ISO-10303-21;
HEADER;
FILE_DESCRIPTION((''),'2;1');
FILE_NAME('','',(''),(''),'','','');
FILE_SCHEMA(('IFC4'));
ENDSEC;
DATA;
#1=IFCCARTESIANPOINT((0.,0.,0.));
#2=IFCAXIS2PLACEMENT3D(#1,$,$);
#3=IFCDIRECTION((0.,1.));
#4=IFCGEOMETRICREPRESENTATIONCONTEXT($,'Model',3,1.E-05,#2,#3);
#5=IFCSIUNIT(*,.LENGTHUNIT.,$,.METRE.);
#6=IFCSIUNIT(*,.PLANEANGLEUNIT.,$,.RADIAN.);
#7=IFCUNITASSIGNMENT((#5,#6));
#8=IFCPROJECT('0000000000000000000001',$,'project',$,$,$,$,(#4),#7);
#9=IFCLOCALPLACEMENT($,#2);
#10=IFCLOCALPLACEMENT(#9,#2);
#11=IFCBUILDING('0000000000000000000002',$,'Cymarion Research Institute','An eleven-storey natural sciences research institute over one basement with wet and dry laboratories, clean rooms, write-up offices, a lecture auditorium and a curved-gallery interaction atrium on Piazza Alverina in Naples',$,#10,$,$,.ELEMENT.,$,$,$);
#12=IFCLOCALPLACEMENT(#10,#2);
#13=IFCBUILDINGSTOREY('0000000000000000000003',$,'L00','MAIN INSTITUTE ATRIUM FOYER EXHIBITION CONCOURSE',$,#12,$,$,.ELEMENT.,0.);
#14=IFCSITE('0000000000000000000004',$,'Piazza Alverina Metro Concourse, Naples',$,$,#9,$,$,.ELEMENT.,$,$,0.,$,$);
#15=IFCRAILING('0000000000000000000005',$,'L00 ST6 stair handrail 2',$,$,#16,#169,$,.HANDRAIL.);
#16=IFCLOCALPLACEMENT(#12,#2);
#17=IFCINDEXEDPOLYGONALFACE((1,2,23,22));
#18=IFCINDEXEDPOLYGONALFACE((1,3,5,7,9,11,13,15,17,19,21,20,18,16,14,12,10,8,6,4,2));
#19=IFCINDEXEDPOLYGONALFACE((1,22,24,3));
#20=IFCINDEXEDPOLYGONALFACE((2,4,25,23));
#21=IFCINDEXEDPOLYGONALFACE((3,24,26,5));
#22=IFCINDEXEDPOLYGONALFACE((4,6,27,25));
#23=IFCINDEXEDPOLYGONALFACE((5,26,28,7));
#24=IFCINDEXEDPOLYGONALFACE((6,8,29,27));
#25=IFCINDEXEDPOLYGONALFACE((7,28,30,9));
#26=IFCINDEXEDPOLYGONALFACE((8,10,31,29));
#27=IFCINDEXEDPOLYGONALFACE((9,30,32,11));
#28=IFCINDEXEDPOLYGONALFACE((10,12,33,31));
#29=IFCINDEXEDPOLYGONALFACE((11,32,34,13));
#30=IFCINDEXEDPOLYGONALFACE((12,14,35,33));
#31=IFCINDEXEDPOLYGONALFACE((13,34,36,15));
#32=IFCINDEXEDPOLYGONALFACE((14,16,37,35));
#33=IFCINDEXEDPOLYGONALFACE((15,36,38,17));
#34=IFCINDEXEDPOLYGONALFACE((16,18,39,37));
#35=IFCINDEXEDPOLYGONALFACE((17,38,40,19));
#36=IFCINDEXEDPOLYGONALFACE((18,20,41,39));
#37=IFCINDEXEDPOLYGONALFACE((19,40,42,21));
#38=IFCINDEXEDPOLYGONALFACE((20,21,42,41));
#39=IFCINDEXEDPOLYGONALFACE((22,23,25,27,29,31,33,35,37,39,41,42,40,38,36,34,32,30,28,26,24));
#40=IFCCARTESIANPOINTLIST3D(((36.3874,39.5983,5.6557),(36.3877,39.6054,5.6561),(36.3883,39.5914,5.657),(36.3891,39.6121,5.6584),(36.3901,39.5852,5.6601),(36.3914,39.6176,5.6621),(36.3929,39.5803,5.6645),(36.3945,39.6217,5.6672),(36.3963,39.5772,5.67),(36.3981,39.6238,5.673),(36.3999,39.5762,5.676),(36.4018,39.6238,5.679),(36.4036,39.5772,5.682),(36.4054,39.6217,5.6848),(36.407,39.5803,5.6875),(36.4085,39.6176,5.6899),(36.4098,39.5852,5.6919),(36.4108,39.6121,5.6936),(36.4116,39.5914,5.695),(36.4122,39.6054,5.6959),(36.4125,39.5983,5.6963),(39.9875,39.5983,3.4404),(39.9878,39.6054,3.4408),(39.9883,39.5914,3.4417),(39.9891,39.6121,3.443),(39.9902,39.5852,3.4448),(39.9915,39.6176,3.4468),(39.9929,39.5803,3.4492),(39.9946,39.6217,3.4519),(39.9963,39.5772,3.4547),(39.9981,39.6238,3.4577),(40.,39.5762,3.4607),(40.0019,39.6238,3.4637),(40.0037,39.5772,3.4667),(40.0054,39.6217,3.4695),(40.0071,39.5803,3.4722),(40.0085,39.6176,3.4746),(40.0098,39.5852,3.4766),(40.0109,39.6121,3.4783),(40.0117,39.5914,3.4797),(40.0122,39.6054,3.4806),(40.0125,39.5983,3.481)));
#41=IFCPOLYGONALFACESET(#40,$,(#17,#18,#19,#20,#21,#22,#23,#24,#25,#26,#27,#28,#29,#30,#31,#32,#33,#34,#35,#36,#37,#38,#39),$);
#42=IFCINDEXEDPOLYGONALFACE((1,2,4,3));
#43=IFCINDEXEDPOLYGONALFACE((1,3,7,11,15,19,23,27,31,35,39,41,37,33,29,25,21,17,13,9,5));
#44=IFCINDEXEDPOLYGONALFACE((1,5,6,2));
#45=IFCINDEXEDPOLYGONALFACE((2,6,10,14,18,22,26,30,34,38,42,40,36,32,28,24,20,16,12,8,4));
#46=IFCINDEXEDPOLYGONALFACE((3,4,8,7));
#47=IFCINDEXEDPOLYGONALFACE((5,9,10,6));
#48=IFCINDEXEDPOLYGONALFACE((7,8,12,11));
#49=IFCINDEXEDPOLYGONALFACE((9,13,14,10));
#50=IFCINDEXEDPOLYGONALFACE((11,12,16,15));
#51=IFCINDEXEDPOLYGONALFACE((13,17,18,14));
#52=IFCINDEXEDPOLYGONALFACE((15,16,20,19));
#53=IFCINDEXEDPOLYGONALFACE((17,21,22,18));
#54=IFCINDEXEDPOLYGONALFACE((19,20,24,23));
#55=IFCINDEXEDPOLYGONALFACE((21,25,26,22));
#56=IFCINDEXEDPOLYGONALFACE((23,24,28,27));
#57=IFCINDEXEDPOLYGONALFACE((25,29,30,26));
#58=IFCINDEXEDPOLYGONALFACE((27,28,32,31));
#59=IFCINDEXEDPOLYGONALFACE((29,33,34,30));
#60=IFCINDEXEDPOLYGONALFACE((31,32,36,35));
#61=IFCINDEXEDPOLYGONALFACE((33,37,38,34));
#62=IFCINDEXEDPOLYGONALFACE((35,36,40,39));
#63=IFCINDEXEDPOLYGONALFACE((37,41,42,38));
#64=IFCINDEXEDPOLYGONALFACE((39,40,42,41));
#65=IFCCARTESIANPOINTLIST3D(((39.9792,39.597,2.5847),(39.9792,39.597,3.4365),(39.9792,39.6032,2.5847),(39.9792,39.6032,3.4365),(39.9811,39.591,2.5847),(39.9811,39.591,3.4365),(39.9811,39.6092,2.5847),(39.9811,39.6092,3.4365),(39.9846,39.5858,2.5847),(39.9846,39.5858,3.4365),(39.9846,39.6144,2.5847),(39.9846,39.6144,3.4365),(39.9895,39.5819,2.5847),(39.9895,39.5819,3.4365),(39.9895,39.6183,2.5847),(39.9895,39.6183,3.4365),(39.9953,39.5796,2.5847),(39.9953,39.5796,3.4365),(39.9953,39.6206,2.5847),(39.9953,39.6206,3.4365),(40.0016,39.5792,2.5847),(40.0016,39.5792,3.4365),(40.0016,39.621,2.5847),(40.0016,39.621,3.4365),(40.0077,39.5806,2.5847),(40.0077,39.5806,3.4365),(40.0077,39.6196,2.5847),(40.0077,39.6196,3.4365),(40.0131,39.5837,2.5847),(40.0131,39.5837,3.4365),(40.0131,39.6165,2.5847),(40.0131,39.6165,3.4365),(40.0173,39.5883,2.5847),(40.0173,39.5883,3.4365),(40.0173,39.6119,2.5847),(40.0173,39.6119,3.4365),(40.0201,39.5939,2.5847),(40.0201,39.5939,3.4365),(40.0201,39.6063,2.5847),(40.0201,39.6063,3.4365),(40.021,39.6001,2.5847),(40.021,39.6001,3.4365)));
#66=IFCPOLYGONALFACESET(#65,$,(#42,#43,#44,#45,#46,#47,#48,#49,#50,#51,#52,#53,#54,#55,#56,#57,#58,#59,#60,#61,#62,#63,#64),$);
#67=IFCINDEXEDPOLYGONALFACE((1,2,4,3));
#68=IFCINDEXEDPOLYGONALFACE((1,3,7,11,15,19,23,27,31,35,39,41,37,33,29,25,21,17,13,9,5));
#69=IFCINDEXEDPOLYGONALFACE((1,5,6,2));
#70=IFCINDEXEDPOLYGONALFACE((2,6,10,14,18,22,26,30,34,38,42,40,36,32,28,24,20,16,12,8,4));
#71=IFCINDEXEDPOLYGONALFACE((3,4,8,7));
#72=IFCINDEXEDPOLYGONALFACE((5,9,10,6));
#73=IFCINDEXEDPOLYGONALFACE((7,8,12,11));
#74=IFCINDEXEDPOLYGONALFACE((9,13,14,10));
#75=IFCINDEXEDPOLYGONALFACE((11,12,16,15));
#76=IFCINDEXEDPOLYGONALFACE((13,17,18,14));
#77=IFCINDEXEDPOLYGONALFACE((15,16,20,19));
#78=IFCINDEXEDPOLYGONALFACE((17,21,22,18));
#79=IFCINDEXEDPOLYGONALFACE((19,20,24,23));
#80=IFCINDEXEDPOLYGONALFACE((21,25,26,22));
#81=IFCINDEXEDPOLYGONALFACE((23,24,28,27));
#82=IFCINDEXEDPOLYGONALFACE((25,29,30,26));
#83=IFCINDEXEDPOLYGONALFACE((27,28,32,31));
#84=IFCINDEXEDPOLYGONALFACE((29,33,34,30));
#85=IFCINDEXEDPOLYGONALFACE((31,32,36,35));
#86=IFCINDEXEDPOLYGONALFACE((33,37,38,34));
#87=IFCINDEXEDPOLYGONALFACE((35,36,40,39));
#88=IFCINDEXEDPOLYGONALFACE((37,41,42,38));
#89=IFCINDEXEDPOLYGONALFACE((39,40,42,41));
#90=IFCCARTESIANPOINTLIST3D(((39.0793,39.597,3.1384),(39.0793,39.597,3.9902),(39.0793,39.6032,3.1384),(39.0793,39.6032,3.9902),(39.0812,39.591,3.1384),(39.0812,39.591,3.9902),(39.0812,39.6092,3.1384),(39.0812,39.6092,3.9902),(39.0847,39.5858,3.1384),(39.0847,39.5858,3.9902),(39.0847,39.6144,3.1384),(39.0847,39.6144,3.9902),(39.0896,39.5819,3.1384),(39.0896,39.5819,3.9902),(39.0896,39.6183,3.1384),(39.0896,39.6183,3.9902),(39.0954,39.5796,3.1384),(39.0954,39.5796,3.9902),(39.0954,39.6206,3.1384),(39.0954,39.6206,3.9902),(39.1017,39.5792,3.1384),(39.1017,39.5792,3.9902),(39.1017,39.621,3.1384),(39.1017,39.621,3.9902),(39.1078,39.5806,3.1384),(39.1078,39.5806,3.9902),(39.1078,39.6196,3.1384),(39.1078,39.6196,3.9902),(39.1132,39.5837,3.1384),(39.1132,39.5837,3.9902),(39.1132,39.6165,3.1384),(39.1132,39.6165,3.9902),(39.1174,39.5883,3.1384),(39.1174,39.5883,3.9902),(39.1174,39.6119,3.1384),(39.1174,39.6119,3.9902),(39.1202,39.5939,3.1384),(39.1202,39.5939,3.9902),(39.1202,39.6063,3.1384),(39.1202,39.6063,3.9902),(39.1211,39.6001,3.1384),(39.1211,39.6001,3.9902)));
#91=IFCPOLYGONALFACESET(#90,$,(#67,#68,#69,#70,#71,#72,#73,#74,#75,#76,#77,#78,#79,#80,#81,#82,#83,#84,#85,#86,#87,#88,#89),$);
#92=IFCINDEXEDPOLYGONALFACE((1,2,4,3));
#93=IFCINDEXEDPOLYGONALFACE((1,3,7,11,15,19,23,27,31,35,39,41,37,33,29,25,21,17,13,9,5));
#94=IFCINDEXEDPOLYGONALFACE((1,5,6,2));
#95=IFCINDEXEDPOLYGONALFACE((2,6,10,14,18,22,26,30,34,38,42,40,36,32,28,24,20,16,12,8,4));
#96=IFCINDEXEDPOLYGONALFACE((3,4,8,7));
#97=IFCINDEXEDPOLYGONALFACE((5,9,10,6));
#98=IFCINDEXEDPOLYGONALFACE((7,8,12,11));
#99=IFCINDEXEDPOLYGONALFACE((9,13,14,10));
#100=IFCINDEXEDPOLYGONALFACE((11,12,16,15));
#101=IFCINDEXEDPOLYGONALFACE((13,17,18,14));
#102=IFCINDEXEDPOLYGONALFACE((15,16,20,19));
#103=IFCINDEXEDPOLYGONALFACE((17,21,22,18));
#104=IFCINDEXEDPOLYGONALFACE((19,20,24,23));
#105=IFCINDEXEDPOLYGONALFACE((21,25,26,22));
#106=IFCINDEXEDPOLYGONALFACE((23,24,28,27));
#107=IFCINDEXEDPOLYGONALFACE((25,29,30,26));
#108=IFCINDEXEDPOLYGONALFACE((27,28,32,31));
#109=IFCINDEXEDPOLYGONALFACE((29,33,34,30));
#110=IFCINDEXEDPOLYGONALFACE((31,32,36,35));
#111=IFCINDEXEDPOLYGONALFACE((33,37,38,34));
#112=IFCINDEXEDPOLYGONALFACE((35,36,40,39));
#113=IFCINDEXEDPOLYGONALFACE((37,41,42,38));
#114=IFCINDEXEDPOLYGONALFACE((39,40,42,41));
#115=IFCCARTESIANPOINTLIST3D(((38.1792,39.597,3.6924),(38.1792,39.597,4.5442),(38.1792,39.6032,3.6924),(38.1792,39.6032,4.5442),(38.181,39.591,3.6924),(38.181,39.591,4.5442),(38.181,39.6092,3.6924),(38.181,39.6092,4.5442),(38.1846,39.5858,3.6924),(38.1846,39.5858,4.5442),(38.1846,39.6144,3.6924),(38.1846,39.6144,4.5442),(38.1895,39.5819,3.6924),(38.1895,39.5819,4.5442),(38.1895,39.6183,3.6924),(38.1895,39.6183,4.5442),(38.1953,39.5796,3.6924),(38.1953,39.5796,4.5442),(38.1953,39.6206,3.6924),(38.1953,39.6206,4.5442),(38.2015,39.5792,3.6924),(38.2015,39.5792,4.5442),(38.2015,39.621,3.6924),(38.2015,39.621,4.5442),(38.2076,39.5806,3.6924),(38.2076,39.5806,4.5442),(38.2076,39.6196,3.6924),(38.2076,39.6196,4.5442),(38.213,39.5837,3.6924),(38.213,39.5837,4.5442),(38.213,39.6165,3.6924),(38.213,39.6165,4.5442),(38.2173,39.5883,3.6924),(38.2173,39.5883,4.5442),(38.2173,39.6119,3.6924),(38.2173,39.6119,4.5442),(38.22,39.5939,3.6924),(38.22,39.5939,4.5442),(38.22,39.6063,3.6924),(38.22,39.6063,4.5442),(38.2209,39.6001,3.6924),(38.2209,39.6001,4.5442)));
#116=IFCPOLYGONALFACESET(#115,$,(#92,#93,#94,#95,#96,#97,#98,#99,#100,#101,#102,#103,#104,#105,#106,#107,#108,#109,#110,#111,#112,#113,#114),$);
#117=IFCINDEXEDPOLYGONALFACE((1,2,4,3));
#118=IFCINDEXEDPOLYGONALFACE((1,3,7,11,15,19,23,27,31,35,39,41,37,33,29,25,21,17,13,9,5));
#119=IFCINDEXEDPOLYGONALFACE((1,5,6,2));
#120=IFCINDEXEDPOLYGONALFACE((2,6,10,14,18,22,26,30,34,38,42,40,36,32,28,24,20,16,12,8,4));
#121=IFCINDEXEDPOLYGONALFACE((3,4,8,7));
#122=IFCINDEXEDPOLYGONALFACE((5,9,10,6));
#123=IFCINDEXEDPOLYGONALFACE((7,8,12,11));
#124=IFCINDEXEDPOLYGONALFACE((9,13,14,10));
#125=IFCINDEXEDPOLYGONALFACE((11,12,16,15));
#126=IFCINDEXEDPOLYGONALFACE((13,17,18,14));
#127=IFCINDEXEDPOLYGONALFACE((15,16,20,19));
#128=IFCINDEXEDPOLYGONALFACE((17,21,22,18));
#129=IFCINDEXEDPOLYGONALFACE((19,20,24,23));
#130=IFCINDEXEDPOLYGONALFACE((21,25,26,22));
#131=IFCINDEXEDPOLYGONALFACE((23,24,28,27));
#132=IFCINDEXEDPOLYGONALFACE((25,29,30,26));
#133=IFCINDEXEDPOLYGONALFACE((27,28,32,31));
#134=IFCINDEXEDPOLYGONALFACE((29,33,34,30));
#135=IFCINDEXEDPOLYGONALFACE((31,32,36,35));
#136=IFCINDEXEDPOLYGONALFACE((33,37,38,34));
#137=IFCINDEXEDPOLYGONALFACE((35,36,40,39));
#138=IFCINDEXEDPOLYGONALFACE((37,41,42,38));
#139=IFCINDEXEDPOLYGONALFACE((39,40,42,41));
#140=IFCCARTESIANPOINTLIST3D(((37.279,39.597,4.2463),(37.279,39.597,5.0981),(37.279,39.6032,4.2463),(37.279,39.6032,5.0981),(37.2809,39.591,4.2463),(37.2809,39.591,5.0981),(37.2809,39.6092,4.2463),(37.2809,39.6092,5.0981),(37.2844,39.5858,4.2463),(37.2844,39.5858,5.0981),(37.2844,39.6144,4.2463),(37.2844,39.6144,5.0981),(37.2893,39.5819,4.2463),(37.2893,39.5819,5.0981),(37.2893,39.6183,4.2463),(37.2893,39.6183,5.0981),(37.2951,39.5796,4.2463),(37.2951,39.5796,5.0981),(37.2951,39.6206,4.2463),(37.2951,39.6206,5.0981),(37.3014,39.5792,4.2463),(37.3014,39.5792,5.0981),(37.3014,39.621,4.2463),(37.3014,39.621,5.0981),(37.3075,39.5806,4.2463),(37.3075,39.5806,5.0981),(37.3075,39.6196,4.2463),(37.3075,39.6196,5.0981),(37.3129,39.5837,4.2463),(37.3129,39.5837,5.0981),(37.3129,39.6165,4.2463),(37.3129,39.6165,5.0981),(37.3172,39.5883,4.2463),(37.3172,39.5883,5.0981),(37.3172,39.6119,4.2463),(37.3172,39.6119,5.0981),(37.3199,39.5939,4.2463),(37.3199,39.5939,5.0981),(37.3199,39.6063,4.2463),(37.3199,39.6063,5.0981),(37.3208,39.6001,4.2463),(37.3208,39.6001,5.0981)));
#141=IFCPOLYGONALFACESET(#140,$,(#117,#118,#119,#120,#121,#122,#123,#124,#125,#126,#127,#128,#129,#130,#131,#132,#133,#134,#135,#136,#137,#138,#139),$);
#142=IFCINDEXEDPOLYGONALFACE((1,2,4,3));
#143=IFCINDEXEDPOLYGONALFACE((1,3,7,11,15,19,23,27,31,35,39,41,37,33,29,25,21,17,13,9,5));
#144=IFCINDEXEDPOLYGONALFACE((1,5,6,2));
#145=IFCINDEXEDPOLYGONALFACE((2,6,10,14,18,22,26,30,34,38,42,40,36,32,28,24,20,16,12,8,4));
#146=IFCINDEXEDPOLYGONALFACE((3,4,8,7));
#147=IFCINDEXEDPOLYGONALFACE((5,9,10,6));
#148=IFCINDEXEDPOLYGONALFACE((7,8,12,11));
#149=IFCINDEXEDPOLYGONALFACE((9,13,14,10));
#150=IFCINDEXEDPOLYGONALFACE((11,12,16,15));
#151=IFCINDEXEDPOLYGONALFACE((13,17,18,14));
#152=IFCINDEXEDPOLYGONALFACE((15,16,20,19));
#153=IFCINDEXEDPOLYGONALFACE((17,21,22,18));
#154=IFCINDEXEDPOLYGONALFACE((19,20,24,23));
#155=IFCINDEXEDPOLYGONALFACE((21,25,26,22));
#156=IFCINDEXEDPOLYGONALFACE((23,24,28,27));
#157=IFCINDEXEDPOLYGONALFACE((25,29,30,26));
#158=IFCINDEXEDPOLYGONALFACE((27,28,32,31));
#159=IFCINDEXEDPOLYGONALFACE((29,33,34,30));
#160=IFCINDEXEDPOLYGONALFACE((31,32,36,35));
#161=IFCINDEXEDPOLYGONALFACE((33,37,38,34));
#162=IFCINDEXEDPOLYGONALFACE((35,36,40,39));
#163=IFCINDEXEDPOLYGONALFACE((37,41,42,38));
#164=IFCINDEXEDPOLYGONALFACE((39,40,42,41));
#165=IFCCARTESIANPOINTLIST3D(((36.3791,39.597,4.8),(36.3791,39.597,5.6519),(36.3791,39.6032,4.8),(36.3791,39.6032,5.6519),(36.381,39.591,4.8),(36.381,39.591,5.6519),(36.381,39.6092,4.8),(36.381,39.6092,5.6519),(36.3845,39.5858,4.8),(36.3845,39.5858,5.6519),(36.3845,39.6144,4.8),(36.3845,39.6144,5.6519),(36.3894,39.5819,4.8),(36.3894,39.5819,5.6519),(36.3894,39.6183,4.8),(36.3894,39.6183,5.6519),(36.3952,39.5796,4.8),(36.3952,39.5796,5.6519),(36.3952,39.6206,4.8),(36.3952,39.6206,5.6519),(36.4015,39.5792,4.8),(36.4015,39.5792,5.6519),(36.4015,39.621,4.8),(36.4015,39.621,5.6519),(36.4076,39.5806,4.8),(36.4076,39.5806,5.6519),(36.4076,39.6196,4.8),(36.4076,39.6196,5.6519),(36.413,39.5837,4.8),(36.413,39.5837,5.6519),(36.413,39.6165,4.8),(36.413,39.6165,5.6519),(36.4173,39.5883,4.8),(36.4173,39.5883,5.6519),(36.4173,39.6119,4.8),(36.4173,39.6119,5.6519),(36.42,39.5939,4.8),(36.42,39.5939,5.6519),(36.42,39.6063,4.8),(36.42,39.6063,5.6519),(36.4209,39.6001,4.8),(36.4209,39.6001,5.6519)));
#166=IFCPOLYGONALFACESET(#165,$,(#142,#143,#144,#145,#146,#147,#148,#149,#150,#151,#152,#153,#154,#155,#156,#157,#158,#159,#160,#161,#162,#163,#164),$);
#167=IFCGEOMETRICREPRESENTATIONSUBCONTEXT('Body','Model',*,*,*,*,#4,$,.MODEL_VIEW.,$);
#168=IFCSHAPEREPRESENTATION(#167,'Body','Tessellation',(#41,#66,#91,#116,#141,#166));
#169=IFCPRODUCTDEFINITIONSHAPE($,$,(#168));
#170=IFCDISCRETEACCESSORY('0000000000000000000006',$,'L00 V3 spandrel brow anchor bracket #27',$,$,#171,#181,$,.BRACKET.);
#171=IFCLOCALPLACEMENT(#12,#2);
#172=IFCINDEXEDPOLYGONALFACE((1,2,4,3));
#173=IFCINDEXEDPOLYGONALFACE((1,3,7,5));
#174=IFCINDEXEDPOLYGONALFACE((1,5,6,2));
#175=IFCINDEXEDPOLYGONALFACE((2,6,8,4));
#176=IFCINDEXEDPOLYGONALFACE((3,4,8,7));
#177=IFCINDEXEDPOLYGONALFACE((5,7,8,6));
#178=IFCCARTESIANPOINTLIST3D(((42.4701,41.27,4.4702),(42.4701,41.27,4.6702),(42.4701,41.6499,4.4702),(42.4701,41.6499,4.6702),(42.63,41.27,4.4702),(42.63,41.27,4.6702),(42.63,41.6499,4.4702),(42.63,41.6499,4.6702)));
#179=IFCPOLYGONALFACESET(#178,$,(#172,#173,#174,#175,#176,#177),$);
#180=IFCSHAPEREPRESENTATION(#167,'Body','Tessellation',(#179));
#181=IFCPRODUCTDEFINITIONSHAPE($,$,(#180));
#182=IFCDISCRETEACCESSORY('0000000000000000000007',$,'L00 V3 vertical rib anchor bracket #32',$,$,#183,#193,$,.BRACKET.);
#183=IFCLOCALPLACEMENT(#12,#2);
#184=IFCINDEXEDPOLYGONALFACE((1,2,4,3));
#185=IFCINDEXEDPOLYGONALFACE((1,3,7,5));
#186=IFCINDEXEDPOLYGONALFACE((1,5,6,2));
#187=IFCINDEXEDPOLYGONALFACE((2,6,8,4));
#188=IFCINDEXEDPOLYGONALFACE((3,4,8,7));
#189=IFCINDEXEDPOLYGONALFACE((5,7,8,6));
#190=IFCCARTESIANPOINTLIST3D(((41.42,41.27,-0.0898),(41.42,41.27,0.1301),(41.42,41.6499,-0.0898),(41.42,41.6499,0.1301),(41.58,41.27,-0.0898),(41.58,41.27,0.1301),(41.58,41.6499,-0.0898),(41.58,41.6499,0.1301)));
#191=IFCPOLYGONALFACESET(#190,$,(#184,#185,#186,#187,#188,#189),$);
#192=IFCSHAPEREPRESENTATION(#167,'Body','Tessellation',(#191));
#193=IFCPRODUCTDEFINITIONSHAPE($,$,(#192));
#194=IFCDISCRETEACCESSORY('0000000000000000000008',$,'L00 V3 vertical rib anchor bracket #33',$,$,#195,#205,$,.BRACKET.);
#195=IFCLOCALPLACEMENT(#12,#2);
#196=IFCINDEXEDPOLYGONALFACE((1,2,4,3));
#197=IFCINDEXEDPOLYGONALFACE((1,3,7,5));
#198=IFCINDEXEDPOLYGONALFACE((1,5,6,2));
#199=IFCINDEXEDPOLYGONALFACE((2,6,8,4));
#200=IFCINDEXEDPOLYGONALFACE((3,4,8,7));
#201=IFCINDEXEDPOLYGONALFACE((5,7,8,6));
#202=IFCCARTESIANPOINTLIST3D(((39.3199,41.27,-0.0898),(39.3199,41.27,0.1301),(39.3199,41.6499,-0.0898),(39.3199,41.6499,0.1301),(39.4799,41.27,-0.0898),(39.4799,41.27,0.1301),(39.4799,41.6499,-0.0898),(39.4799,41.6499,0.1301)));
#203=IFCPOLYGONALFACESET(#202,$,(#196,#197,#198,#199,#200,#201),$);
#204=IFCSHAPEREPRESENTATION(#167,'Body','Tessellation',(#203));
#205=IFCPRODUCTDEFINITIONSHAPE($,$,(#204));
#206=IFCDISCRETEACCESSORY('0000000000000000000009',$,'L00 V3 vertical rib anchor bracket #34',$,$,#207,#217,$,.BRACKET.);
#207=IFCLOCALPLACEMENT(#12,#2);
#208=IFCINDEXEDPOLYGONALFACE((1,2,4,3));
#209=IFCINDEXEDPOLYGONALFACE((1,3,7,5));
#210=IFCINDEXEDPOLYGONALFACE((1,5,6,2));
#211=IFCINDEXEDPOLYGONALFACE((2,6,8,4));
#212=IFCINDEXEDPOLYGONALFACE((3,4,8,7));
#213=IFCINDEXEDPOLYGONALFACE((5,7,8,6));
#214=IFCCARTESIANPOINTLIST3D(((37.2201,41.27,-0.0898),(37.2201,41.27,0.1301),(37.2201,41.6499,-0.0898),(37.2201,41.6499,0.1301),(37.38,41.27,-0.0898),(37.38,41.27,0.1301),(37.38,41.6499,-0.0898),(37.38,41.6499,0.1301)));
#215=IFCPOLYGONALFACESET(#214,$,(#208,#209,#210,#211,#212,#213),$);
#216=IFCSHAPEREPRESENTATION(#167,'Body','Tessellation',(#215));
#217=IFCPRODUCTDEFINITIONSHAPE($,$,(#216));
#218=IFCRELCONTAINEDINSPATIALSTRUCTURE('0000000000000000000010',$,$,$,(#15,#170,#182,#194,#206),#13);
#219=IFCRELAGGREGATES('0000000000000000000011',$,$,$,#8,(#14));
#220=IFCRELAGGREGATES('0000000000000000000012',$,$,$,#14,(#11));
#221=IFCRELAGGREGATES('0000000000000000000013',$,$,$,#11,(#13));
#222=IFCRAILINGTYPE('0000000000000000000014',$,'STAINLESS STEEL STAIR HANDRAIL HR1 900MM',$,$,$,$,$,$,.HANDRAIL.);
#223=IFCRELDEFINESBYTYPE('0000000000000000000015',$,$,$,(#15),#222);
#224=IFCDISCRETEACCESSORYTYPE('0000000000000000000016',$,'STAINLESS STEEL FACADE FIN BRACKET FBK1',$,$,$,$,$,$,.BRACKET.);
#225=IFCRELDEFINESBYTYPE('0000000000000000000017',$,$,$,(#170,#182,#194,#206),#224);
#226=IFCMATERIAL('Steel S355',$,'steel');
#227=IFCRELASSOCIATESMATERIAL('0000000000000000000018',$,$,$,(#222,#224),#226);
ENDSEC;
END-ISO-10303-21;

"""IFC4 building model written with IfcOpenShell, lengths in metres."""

from ifc_helpers import new_model, si_unit, direction, frame, origin, origin_2d, place, context, subcontext, project, spatial, rectangle, circle, extrude, material, type_object, element, save


model = new_model("IFC4")

# Units and contexts
model_context = context("Model", 3, precision=1e-05, world=origin(), true_north=direction((0.0, 1.0)))
body_context = subcontext(model_context, "Body", "Model", "MODEL_VIEW")
ifc_project = project(units=[si_unit("LENGTHUNIT", "METRE"), si_unit("PLANEANGLEUNIT", "RADIAN")], contexts=[model_context])

# Site, building, storey
site_placement = place(None, origin())
site = spatial("IfcSite", under=ifc_project, at=site_placement, Name="Piazza Alverina Metro Concourse, Naples", CompositionType="ELEMENT", RefElevation=0.0)
building_placement = place(site_placement, origin())
building = spatial("IfcBuilding", under=site, at=building_placement, Name="Cymarion Research Institute", Description="An eleven-storey natural sciences research institute over one basement with wet and dry laboratories, clean rooms, write-up offices, a lecture auditorium and a curved-gallery interaction atrium on Piazza Alverina in Naples", CompositionType="ELEMENT")
storey_placement = place(building_placement, origin())
storey = spatial("IfcBuildingStorey", under=building, at=storey_placement, Name="L00", Description="MAIN INSTITUTE ATRIUM FOYER EXHIBITION CONCOURSE", CompositionType="ELEMENT", Elevation=0.0)

# Shared definitions
ifc_material_1 = material(Name="Steel S355", Category="steel")

# Railing
railing_type_1 = type_object("IfcRailingType", Name="STAINLESS STEEL STAIR HANDRAIL HR1 900MM", PredefinedType="HANDRAIL", material=ifc_material_1)
railing_1_placement = place(storey_placement, frame((40.0, 39.6001, 2.5847)))
element("IfcRailing", 1, at=railing_1_placement, inside=storey, type_object=railing_type_1, Name="L00 ST6 stair handrail 2", PredefinedType="HANDRAIL", context=body_context, shape_type="SweptSolid", body=[
    extrude(circle(Radius=0.0239, at=origin_2d()), frame((0.0, 0.0, 0.876), z_axis=(-0.85167, 0.0, 0.524078), x_axis=(0.0, -1.0, 0.0)), (0.0, 0.0, 1.0), 4.2271),
    extrude(circle(Radius=0.021, at=origin_2d()), origin(), (0.0, 0.0, 1.0), 0.8518),
    extrude(circle(Radius=0.021, at=origin_2d()), frame((-0.8999, 0.0, 0.5537)), (0.0, 0.0, 1.0), 0.8518),
    extrude(circle(Radius=0.021, at=origin_2d()), frame((-1.8, 0.0, 1.1077)), (0.0, 0.0, 1.0), 0.8518),
    extrude(circle(Radius=0.021, at=origin_2d()), frame((-2.7002, 0.0, 1.6616)), (0.0, 0.0, 1.0), 0.8518),
    extrude(circle(Radius=0.021, at=origin_2d()), frame((-3.6001, 0.0, 2.2153)), (0.0, 0.0, 1.0), 0.8518),
])

# Discrete accessories
discrete_accessory_type = type_object("IfcDiscreteAccessoryType", Name="STAINLESS STEEL FACADE FIN BRACKET FBK1", PredefinedType="BRACKET", material=ifc_material_1)
discrete_accessory_placement = place(storey_placement, frame((42.55, 41.46, 4.4702), z_axis=(0.0, 0.0, 1.0), x_axis=(0.0, 1.0, 0.0)))
element("IfcDiscreteAccessory", 2, at=discrete_accessory_placement, inside=storey, type_object=discrete_accessory_type, Name="L00 V3 spandrel brow anchor bracket #27", PredefinedType="BRACKET", context=body_context, shape_type="SweptSolid", body=[
    extrude(rectangle(XDim=0.3799, YDim=0.1599, at=origin_2d()), origin(), (0.0, 0.0, 1.0), 0.2),
])
for number, where, z_axis, x_axis, name in (
    (3, (41.5, 41.46, -0.0898), (0.0, 0.0, 1.0), (0.0, 1.0, 0.0), "L00 V3 vertical rib anchor bracket #32"),
    (4, (39.3999, 41.46, -0.0898), (0.0, 0.0, 1.0), (0.0, 1.0, 0.0), "L00 V3 vertical rib anchor bracket #33"),
    (5, (37.3, 41.46, -0.0898), (0.0, 0.0, 1.0), (0.0, 1.0, 0.0), "L00 V3 vertical rib anchor bracket #34"),
):
    element("IfcDiscreteAccessory", number, at=place(storey_placement, frame(where, z_axis=z_axis, x_axis=x_axis)), inside=storey, type_object=discrete_accessory_type, Name=name, PredefinedType="BRACKET", context=body_context, shape_type="SweptSolid", body=[
        extrude(rectangle(XDim=0.3799, YDim=0.1599, at=origin_2d()), origin(), (0.0, 0.0, 1.0), 0.22),
    ])

save(model, "model.ifc")
